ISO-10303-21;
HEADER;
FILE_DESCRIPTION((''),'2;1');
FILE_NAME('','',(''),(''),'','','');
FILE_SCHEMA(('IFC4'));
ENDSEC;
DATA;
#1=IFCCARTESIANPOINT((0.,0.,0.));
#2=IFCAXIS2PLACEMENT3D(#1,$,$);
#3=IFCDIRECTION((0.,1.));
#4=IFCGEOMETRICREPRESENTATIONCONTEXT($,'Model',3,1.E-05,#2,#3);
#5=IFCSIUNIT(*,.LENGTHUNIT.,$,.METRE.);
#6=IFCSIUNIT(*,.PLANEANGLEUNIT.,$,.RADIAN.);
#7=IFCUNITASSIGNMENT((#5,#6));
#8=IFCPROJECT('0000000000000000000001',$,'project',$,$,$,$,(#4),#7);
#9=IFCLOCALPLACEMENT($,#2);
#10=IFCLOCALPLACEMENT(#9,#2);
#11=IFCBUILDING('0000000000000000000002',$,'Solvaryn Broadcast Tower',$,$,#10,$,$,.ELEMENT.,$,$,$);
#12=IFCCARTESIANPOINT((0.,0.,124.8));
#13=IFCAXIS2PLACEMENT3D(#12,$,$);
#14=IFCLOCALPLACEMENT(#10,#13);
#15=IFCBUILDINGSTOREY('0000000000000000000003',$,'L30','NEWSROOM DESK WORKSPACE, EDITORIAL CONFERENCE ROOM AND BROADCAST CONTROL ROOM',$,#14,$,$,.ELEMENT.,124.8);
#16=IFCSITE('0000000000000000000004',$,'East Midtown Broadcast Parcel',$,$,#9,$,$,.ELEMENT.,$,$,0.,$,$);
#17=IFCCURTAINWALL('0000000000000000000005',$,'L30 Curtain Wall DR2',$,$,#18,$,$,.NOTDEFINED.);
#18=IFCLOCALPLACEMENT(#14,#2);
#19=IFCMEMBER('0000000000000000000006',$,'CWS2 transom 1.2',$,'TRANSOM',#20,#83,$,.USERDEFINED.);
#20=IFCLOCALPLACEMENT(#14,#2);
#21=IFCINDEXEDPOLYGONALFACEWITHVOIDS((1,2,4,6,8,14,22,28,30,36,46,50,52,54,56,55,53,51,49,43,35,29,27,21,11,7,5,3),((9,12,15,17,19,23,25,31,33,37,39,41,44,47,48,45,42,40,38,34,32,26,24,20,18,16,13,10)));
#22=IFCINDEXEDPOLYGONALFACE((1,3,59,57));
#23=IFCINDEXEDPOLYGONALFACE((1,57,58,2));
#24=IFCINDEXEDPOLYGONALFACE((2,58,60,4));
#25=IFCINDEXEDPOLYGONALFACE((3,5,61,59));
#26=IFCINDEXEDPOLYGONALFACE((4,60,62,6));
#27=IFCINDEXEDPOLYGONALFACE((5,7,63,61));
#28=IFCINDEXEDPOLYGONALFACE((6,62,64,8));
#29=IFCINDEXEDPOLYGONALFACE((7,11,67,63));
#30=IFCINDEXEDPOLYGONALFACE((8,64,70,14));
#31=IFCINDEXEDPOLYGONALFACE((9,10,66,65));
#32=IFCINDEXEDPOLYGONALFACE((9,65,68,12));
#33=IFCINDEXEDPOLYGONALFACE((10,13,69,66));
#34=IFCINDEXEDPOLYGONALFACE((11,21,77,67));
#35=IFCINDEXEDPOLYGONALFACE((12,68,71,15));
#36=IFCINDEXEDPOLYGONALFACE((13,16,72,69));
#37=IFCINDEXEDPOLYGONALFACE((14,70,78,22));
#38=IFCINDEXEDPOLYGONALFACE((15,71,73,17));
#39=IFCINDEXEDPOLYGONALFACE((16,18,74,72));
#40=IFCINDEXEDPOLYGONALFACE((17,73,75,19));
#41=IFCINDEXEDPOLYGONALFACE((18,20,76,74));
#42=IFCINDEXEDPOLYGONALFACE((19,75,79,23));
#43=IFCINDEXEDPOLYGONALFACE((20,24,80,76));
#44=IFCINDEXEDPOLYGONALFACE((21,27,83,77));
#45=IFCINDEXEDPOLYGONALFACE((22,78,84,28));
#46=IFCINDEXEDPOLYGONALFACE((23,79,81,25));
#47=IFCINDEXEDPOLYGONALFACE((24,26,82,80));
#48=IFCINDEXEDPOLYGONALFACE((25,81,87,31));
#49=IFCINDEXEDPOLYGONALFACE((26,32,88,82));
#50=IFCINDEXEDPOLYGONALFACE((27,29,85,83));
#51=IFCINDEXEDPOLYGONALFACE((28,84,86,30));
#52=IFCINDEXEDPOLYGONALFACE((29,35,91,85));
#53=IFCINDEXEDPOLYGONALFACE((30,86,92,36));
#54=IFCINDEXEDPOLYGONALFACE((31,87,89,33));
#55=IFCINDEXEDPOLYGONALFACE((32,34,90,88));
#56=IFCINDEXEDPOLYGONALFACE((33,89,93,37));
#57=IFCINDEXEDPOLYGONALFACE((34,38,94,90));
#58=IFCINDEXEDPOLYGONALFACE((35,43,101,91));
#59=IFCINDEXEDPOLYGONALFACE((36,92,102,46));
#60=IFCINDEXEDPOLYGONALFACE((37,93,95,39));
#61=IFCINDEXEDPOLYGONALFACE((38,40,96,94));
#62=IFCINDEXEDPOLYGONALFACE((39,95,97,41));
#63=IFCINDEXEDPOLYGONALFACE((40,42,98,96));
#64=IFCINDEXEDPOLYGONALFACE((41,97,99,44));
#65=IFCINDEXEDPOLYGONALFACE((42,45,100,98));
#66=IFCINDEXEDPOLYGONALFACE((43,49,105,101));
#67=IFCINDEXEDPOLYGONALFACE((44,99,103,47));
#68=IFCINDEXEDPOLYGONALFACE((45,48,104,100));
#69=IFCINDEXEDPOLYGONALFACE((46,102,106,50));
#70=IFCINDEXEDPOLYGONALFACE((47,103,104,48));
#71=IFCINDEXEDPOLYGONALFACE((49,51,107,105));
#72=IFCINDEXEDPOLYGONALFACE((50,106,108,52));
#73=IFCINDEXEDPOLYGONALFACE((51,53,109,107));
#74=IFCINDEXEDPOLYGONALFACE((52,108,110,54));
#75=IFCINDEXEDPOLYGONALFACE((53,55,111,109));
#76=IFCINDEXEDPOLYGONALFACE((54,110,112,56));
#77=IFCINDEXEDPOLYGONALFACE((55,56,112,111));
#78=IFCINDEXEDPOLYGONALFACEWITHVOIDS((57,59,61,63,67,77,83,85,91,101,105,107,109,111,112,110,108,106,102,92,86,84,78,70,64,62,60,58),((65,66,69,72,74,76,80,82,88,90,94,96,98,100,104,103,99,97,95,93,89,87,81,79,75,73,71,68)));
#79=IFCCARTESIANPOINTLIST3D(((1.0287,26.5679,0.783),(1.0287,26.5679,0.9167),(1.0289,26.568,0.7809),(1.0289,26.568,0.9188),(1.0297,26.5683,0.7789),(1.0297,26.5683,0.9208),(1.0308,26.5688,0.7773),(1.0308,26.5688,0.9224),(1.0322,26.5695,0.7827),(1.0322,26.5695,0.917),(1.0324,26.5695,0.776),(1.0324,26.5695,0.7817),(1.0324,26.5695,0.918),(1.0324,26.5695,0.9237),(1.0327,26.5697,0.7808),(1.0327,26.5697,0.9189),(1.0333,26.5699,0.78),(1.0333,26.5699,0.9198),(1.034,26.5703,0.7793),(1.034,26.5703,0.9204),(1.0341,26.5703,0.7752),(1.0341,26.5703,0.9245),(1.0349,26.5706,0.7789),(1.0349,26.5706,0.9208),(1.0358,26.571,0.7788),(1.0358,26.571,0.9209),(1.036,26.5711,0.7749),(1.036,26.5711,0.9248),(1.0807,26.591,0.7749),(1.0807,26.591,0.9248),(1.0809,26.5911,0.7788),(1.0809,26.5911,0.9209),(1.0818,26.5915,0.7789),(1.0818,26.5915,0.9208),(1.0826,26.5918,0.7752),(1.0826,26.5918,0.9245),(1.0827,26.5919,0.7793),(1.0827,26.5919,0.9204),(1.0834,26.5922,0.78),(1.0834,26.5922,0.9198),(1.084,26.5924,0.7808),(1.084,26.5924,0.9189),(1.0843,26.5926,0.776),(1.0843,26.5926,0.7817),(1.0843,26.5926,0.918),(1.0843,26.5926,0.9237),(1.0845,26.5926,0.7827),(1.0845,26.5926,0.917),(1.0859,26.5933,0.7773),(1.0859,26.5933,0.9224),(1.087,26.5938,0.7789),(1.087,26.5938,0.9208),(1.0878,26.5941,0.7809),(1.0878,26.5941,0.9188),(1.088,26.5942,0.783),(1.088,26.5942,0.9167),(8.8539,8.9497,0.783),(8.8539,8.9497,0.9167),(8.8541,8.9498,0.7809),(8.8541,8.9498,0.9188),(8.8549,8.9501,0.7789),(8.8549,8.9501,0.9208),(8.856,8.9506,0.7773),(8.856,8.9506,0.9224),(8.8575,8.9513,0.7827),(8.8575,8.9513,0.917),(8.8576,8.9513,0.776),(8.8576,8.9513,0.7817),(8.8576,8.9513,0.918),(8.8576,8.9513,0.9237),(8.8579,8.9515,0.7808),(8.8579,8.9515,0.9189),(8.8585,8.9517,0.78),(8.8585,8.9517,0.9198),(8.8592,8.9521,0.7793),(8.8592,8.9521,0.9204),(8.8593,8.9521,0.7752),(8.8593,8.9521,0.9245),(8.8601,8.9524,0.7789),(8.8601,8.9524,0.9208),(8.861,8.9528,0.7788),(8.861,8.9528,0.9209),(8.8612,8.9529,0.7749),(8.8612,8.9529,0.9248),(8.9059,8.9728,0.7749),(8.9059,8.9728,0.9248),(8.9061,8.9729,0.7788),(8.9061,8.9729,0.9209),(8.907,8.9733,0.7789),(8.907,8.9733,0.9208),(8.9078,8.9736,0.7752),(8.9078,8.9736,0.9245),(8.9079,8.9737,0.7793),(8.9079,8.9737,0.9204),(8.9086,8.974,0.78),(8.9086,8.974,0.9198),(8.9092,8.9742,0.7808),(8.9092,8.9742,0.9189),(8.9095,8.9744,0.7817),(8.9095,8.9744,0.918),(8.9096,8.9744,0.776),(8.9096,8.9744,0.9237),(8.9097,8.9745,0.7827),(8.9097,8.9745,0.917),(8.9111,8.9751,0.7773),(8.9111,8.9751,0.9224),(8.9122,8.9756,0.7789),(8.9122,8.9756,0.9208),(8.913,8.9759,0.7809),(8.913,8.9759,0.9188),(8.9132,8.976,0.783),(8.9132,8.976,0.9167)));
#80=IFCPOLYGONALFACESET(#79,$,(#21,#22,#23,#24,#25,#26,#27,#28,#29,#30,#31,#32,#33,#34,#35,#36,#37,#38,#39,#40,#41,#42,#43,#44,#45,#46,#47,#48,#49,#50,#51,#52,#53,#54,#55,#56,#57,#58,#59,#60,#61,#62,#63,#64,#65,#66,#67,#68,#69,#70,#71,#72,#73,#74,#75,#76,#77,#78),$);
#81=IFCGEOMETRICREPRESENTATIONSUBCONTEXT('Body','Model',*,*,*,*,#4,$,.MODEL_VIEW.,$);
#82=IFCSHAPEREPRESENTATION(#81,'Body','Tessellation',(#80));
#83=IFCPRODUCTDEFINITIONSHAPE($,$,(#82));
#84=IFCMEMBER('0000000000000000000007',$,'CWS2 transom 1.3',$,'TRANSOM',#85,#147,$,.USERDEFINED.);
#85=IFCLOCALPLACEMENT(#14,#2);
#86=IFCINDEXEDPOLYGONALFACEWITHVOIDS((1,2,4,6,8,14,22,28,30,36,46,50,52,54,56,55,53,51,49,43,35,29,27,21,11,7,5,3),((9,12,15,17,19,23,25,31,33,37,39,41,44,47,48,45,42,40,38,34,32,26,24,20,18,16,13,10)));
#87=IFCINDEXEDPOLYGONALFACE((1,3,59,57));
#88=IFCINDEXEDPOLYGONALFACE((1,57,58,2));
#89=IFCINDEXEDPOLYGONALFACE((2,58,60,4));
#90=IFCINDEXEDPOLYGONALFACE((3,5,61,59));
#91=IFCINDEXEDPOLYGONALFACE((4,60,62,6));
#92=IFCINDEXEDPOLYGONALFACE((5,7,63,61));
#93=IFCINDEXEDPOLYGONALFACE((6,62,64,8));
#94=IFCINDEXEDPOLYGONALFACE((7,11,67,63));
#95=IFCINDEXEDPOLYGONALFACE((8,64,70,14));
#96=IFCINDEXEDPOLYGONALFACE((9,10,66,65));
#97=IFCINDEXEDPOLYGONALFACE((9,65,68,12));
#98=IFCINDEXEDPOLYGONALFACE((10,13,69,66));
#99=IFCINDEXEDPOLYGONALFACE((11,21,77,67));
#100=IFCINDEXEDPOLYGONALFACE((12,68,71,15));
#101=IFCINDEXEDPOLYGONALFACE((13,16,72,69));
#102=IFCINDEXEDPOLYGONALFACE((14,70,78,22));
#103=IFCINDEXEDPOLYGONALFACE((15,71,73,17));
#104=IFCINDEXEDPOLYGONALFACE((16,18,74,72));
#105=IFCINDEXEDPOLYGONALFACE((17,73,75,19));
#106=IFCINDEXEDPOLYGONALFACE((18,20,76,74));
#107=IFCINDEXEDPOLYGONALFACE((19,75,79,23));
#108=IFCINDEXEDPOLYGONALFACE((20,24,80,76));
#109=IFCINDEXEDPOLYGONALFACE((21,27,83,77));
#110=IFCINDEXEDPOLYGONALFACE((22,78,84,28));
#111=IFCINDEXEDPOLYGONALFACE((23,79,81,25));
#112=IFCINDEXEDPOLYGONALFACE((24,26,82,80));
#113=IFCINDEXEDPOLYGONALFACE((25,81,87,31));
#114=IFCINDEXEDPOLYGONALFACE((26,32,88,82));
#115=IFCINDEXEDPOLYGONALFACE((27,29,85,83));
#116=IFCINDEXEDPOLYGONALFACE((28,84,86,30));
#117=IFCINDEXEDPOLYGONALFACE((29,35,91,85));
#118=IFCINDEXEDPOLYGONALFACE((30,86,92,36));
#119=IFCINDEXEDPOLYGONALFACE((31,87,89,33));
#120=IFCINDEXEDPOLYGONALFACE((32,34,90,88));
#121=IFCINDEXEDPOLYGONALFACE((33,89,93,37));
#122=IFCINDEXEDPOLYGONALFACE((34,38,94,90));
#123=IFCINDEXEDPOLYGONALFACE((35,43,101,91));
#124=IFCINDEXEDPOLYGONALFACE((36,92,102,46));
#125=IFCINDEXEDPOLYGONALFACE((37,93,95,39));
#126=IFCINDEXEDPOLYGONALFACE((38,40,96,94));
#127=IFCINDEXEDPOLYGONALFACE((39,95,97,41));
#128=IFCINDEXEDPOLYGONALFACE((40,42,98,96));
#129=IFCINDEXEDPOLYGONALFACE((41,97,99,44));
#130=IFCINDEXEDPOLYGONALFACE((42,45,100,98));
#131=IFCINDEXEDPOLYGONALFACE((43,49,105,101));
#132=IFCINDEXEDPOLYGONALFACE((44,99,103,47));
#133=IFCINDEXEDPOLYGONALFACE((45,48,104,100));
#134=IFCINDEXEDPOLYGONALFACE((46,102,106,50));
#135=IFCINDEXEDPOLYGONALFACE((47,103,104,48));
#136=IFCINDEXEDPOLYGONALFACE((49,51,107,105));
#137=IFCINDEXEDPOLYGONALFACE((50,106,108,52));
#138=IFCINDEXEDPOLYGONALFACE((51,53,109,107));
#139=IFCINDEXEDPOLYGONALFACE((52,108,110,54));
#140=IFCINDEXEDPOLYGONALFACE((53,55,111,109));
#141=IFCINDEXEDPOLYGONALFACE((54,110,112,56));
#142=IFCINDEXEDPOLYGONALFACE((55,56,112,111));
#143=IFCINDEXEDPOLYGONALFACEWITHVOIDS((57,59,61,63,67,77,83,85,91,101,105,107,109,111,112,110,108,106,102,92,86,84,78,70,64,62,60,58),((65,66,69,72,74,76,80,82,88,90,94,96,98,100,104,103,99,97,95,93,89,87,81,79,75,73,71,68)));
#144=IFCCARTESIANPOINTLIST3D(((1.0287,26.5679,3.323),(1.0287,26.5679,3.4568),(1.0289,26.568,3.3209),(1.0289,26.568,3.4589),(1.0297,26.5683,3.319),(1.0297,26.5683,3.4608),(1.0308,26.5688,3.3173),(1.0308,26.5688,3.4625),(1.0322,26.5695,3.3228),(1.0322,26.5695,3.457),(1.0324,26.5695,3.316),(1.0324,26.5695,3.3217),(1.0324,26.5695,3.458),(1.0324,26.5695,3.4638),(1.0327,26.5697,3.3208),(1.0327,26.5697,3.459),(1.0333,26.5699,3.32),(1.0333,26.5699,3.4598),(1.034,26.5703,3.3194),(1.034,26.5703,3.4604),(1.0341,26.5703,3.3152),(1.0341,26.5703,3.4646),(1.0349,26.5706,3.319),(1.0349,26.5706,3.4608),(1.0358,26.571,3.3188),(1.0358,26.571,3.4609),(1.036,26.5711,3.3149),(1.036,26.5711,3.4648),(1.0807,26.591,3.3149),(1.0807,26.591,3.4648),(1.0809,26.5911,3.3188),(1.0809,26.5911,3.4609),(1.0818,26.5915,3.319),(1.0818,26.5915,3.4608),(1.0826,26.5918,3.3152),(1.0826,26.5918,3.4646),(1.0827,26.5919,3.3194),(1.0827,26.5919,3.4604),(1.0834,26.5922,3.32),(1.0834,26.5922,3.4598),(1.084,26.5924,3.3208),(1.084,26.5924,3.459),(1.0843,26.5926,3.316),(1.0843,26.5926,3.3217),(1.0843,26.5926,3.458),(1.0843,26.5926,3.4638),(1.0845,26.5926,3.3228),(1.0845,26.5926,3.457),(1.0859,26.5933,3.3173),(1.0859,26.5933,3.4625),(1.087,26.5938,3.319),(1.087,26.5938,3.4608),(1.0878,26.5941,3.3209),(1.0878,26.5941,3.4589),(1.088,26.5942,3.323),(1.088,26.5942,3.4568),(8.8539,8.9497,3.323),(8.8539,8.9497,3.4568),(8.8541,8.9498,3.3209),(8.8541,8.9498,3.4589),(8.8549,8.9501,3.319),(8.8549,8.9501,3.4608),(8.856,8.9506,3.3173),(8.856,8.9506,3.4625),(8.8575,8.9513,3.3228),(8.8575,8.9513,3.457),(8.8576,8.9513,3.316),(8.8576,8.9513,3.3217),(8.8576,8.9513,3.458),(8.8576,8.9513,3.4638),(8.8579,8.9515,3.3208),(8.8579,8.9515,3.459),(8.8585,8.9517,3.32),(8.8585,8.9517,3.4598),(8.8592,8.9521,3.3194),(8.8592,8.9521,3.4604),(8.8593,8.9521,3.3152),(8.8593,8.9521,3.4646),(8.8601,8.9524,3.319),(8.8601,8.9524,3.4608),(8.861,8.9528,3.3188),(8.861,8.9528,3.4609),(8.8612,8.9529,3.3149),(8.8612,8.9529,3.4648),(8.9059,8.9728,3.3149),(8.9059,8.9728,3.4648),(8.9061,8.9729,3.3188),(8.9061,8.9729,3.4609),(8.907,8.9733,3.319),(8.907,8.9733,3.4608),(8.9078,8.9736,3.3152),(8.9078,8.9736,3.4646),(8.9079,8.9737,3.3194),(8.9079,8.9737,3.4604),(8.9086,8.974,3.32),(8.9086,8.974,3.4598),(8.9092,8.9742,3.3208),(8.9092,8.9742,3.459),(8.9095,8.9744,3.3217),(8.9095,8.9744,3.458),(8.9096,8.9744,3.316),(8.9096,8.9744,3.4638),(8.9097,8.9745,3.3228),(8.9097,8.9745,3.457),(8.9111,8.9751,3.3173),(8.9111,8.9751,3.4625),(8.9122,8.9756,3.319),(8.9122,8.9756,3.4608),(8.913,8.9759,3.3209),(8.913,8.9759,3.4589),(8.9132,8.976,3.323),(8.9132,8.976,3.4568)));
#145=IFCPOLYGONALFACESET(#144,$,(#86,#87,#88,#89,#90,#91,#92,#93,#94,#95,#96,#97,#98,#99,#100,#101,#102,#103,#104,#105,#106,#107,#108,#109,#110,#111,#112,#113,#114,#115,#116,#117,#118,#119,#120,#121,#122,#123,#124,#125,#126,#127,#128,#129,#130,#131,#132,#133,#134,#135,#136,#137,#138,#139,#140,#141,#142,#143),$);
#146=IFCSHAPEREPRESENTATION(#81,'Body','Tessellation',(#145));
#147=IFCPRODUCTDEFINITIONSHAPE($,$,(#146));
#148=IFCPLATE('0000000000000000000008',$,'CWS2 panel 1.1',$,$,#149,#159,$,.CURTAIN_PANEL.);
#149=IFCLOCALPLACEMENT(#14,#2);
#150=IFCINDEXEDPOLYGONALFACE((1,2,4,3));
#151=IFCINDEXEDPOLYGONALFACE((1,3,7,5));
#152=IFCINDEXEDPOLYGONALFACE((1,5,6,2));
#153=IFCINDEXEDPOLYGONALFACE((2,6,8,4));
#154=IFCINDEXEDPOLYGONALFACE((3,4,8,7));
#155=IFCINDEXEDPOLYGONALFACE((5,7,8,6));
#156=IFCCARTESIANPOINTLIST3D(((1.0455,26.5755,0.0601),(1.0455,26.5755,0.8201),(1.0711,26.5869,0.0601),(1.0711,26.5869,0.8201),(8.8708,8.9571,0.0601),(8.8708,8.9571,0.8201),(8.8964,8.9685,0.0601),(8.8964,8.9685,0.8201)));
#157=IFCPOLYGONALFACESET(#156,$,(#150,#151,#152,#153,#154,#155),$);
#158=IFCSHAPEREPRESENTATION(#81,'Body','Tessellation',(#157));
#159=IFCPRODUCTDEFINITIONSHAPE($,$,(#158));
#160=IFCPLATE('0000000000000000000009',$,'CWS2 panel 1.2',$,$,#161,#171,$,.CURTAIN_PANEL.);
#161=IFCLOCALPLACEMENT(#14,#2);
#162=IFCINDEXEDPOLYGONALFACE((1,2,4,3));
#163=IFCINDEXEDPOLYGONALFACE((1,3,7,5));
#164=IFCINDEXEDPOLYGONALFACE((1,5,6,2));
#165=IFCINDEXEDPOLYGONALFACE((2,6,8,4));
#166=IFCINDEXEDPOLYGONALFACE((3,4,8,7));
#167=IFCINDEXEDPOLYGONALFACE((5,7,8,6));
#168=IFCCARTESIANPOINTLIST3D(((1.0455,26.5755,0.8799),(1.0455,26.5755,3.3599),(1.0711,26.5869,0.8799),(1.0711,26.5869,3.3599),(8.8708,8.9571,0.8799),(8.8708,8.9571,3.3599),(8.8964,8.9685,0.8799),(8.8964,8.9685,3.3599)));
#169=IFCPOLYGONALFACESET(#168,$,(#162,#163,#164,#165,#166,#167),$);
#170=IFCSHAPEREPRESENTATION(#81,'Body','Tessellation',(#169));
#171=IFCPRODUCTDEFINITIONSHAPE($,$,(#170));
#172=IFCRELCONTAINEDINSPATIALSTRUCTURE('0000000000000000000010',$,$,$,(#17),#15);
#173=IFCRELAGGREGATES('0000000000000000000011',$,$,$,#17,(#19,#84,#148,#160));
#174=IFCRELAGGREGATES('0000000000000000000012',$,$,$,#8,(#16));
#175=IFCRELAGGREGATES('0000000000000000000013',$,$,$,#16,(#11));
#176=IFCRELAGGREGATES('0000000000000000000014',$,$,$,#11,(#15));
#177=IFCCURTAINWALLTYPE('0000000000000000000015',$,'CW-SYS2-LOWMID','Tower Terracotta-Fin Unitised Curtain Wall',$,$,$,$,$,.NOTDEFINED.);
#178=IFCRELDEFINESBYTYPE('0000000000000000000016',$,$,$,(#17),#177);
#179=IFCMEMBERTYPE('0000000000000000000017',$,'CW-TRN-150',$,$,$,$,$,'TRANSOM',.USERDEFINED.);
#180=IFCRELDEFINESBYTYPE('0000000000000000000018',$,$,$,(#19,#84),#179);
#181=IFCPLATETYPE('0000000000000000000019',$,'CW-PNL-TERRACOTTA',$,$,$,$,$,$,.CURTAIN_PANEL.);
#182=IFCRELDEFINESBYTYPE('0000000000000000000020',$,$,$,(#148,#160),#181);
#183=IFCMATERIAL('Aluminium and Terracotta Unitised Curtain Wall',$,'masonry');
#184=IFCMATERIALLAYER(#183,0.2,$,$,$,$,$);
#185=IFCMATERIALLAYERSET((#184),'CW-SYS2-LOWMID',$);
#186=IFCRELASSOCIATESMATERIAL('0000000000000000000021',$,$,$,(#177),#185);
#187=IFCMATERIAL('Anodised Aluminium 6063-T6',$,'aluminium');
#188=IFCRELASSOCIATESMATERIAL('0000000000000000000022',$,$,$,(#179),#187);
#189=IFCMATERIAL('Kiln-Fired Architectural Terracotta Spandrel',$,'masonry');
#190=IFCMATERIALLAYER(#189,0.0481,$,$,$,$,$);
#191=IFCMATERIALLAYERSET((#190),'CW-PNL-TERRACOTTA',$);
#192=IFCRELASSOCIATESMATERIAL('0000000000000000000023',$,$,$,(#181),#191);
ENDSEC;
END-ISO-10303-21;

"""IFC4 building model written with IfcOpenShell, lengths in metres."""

from ifc_helpers import new_model, si_unit, direction, frame, origin, origin_2d, place, context, subcontext, project, spatial, rectangle, hollow_rectangle, extrude, material, layer, layer_set, material_profile, profile_set, type_object, element, aggregate, save


model = new_model("IFC4")

# Units and contexts
model_context = context("Model", 3, precision=1e-05, world=origin(), true_north=direction((0.0, 1.0)))
body_context = subcontext(model_context, "Body", "Model", "MODEL_VIEW")
ifc_project = project(units=[si_unit("LENGTHUNIT", "METRE"), si_unit("PLANEANGLEUNIT", "RADIAN")], contexts=[model_context])

# Site, building, storey
site_placement = place(None, origin())
site = spatial("IfcSite", under=ifc_project, at=site_placement, Name="East Midtown Broadcast Parcel", CompositionType="ELEMENT", RefElevation=0.0)
building_placement = place(site_placement, origin())
building = spatial("IfcBuilding", under=site, at=building_placement, Name="Solvaryn Broadcast Tower", CompositionType="ELEMENT")
storey_placement = place(building_placement, frame((0.0, 0.0, 124.8)))
storey = spatial("IfcBuildingStorey", under=building, at=storey_placement, Name="L30", Description="NEWSROOM DESK WORKSPACE, EDITORIAL CONFERENCE ROOM AND BROADCAST CONTROL ROOM", CompositionType="ELEMENT", Elevation=124.8)

# Shared definitions
ifc_material_1 = material(Name="Aluminium and Terracotta Unitised Curtain Wall", Category="masonry")
ifc_layer_1 = layer(ifc_material_1, 0.2)
ifc_layer_set_1 = layer_set([ifc_layer_1], Name="CW-SYS2-LOWMID")
curtain_wall_type = type_object("IfcCurtainWallType", Name="CW-SYS2-LOWMID", Description="Tower Terracotta-Fin Unitised Curtain Wall", PredefinedType="NOTDEFINED", material=ifc_layer_set_1)

# Curtain wall, members, plates
curtain_wall_1_placement = place(storey_placement, origin())
curtain_wall_1 = element("IfcCurtainWall", 1, at=curtain_wall_1_placement, inside=storey, type_object=curtain_wall_type, Name="L30 Curtain Wall DR2", PredefinedType="NOTDEFINED")
ifc_material_2 = material(Name="Anodised Aluminium 6063-T6", Category="aluminium")
ifc_material_profile_1 = material_profile(ifc_material_2, hollow_rectangle(XDim=0.0649, YDim=0.1499, WallThickness=0.0039, InnerFilletRadius=0.0039, OuterFilletRadius=0.0081, at=origin_2d()))
ifc_profile_set_1 = profile_set([ifc_material_profile_1], Name="Anodised Aluminium 6063-T6")
member_type_1 = type_object("IfcMemberType", Name="CW-TRN-150", ElementType="TRANSOM", PredefinedType="USERDEFINED", material=ifc_profile_set_1)
member_1_placement = place(storey_placement, frame((1.0583, 26.5811, 0.8499), z_axis=(0.405918, -0.91391, 0.0), x_axis=(0.91391, 0.405918, 0.0)))
member_1 = element("IfcMember", 2, at=member_1_placement, type_object=member_type_1, Name="CWS2 transom 1.2", ObjectType="TRANSOM", PredefinedType="USERDEFINED", context=body_context, shape_type="SweptSolid", body=[
    extrude(hollow_rectangle(XDim=0.0649, YDim=0.1499, WallThickness=0.0039, InnerFilletRadius=0.0039, OuterFilletRadius=0.0081, at=origin_2d()), origin(), (0.0, 0.0, 1.0), 19.2778),
])
member_2_placement = place(storey_placement, frame((1.0583, 26.5811, 3.3899), z_axis=(0.405918, -0.91391, 0.0), x_axis=(0.91391, 0.405918, 0.0)))
member_2 = element("IfcMember", 3, at=member_2_placement, type_object=member_type_1, Name="CWS2 transom 1.3", ObjectType="TRANSOM", PredefinedType="USERDEFINED", context=body_context, shape_type="SweptSolid", body=[
    extrude(hollow_rectangle(XDim=0.0649, YDim=0.1499, WallThickness=0.0039, InnerFilletRadius=0.0039, OuterFilletRadius=0.0081, at=origin_2d()), origin(), (0.0, 0.0, 1.0), 19.2778),
])
ifc_material_3 = material(Name="Kiln-Fired Architectural Terracotta Spandrel", Category="masonry")
ifc_layer_2 = layer(ifc_material_3, 0.0481)
ifc_layer_set_2 = layer_set([ifc_layer_2], Name="CW-PNL-TERRACOTTA")
plate_type = type_object("IfcPlateType", Name="CW-PNL-TERRACOTTA", PredefinedType="CURTAIN_PANEL", material=ifc_layer_set_2)
plate_1_placement = place(storey_placement, frame((4.9709, 17.772, 0.0601), z_axis=(0.0, 0.0, 1.0), x_axis=(0.405918, -0.913909, 0.0)))
plate_1 = element("IfcPlate", 4, at=plate_1_placement, type_object=plate_type, Name="CWS2 panel 1.1", PredefinedType="CURTAIN_PANEL", context=body_context, shape_type="SweptSolid", body=[
    extrude(rectangle(XDim=19.2781, YDim=0.0281, at=origin_2d()), origin(), (0.0, 0.0, 1.0), 0.76),
])
plate_2_placement = place(storey_placement, frame((4.9709, 17.772, 0.8799), z_axis=(0.0, 0.0, 1.0), x_axis=(0.405918, -0.913909, 0.0)))
plate_2 = element("IfcPlate", 5, at=plate_2_placement, type_object=plate_type, Name="CWS2 panel 1.2", PredefinedType="CURTAIN_PANEL", context=body_context, shape_type="SweptSolid", body=[
    extrude(rectangle(XDim=19.2781, YDim=0.0281, at=origin_2d()), origin(), (0.0, 0.0, 1.0), 2.48),
])
aggregate(curtain_wall_1, [member_1, member_2, plate_1, plate_2])

save(model, "model.ifc")
